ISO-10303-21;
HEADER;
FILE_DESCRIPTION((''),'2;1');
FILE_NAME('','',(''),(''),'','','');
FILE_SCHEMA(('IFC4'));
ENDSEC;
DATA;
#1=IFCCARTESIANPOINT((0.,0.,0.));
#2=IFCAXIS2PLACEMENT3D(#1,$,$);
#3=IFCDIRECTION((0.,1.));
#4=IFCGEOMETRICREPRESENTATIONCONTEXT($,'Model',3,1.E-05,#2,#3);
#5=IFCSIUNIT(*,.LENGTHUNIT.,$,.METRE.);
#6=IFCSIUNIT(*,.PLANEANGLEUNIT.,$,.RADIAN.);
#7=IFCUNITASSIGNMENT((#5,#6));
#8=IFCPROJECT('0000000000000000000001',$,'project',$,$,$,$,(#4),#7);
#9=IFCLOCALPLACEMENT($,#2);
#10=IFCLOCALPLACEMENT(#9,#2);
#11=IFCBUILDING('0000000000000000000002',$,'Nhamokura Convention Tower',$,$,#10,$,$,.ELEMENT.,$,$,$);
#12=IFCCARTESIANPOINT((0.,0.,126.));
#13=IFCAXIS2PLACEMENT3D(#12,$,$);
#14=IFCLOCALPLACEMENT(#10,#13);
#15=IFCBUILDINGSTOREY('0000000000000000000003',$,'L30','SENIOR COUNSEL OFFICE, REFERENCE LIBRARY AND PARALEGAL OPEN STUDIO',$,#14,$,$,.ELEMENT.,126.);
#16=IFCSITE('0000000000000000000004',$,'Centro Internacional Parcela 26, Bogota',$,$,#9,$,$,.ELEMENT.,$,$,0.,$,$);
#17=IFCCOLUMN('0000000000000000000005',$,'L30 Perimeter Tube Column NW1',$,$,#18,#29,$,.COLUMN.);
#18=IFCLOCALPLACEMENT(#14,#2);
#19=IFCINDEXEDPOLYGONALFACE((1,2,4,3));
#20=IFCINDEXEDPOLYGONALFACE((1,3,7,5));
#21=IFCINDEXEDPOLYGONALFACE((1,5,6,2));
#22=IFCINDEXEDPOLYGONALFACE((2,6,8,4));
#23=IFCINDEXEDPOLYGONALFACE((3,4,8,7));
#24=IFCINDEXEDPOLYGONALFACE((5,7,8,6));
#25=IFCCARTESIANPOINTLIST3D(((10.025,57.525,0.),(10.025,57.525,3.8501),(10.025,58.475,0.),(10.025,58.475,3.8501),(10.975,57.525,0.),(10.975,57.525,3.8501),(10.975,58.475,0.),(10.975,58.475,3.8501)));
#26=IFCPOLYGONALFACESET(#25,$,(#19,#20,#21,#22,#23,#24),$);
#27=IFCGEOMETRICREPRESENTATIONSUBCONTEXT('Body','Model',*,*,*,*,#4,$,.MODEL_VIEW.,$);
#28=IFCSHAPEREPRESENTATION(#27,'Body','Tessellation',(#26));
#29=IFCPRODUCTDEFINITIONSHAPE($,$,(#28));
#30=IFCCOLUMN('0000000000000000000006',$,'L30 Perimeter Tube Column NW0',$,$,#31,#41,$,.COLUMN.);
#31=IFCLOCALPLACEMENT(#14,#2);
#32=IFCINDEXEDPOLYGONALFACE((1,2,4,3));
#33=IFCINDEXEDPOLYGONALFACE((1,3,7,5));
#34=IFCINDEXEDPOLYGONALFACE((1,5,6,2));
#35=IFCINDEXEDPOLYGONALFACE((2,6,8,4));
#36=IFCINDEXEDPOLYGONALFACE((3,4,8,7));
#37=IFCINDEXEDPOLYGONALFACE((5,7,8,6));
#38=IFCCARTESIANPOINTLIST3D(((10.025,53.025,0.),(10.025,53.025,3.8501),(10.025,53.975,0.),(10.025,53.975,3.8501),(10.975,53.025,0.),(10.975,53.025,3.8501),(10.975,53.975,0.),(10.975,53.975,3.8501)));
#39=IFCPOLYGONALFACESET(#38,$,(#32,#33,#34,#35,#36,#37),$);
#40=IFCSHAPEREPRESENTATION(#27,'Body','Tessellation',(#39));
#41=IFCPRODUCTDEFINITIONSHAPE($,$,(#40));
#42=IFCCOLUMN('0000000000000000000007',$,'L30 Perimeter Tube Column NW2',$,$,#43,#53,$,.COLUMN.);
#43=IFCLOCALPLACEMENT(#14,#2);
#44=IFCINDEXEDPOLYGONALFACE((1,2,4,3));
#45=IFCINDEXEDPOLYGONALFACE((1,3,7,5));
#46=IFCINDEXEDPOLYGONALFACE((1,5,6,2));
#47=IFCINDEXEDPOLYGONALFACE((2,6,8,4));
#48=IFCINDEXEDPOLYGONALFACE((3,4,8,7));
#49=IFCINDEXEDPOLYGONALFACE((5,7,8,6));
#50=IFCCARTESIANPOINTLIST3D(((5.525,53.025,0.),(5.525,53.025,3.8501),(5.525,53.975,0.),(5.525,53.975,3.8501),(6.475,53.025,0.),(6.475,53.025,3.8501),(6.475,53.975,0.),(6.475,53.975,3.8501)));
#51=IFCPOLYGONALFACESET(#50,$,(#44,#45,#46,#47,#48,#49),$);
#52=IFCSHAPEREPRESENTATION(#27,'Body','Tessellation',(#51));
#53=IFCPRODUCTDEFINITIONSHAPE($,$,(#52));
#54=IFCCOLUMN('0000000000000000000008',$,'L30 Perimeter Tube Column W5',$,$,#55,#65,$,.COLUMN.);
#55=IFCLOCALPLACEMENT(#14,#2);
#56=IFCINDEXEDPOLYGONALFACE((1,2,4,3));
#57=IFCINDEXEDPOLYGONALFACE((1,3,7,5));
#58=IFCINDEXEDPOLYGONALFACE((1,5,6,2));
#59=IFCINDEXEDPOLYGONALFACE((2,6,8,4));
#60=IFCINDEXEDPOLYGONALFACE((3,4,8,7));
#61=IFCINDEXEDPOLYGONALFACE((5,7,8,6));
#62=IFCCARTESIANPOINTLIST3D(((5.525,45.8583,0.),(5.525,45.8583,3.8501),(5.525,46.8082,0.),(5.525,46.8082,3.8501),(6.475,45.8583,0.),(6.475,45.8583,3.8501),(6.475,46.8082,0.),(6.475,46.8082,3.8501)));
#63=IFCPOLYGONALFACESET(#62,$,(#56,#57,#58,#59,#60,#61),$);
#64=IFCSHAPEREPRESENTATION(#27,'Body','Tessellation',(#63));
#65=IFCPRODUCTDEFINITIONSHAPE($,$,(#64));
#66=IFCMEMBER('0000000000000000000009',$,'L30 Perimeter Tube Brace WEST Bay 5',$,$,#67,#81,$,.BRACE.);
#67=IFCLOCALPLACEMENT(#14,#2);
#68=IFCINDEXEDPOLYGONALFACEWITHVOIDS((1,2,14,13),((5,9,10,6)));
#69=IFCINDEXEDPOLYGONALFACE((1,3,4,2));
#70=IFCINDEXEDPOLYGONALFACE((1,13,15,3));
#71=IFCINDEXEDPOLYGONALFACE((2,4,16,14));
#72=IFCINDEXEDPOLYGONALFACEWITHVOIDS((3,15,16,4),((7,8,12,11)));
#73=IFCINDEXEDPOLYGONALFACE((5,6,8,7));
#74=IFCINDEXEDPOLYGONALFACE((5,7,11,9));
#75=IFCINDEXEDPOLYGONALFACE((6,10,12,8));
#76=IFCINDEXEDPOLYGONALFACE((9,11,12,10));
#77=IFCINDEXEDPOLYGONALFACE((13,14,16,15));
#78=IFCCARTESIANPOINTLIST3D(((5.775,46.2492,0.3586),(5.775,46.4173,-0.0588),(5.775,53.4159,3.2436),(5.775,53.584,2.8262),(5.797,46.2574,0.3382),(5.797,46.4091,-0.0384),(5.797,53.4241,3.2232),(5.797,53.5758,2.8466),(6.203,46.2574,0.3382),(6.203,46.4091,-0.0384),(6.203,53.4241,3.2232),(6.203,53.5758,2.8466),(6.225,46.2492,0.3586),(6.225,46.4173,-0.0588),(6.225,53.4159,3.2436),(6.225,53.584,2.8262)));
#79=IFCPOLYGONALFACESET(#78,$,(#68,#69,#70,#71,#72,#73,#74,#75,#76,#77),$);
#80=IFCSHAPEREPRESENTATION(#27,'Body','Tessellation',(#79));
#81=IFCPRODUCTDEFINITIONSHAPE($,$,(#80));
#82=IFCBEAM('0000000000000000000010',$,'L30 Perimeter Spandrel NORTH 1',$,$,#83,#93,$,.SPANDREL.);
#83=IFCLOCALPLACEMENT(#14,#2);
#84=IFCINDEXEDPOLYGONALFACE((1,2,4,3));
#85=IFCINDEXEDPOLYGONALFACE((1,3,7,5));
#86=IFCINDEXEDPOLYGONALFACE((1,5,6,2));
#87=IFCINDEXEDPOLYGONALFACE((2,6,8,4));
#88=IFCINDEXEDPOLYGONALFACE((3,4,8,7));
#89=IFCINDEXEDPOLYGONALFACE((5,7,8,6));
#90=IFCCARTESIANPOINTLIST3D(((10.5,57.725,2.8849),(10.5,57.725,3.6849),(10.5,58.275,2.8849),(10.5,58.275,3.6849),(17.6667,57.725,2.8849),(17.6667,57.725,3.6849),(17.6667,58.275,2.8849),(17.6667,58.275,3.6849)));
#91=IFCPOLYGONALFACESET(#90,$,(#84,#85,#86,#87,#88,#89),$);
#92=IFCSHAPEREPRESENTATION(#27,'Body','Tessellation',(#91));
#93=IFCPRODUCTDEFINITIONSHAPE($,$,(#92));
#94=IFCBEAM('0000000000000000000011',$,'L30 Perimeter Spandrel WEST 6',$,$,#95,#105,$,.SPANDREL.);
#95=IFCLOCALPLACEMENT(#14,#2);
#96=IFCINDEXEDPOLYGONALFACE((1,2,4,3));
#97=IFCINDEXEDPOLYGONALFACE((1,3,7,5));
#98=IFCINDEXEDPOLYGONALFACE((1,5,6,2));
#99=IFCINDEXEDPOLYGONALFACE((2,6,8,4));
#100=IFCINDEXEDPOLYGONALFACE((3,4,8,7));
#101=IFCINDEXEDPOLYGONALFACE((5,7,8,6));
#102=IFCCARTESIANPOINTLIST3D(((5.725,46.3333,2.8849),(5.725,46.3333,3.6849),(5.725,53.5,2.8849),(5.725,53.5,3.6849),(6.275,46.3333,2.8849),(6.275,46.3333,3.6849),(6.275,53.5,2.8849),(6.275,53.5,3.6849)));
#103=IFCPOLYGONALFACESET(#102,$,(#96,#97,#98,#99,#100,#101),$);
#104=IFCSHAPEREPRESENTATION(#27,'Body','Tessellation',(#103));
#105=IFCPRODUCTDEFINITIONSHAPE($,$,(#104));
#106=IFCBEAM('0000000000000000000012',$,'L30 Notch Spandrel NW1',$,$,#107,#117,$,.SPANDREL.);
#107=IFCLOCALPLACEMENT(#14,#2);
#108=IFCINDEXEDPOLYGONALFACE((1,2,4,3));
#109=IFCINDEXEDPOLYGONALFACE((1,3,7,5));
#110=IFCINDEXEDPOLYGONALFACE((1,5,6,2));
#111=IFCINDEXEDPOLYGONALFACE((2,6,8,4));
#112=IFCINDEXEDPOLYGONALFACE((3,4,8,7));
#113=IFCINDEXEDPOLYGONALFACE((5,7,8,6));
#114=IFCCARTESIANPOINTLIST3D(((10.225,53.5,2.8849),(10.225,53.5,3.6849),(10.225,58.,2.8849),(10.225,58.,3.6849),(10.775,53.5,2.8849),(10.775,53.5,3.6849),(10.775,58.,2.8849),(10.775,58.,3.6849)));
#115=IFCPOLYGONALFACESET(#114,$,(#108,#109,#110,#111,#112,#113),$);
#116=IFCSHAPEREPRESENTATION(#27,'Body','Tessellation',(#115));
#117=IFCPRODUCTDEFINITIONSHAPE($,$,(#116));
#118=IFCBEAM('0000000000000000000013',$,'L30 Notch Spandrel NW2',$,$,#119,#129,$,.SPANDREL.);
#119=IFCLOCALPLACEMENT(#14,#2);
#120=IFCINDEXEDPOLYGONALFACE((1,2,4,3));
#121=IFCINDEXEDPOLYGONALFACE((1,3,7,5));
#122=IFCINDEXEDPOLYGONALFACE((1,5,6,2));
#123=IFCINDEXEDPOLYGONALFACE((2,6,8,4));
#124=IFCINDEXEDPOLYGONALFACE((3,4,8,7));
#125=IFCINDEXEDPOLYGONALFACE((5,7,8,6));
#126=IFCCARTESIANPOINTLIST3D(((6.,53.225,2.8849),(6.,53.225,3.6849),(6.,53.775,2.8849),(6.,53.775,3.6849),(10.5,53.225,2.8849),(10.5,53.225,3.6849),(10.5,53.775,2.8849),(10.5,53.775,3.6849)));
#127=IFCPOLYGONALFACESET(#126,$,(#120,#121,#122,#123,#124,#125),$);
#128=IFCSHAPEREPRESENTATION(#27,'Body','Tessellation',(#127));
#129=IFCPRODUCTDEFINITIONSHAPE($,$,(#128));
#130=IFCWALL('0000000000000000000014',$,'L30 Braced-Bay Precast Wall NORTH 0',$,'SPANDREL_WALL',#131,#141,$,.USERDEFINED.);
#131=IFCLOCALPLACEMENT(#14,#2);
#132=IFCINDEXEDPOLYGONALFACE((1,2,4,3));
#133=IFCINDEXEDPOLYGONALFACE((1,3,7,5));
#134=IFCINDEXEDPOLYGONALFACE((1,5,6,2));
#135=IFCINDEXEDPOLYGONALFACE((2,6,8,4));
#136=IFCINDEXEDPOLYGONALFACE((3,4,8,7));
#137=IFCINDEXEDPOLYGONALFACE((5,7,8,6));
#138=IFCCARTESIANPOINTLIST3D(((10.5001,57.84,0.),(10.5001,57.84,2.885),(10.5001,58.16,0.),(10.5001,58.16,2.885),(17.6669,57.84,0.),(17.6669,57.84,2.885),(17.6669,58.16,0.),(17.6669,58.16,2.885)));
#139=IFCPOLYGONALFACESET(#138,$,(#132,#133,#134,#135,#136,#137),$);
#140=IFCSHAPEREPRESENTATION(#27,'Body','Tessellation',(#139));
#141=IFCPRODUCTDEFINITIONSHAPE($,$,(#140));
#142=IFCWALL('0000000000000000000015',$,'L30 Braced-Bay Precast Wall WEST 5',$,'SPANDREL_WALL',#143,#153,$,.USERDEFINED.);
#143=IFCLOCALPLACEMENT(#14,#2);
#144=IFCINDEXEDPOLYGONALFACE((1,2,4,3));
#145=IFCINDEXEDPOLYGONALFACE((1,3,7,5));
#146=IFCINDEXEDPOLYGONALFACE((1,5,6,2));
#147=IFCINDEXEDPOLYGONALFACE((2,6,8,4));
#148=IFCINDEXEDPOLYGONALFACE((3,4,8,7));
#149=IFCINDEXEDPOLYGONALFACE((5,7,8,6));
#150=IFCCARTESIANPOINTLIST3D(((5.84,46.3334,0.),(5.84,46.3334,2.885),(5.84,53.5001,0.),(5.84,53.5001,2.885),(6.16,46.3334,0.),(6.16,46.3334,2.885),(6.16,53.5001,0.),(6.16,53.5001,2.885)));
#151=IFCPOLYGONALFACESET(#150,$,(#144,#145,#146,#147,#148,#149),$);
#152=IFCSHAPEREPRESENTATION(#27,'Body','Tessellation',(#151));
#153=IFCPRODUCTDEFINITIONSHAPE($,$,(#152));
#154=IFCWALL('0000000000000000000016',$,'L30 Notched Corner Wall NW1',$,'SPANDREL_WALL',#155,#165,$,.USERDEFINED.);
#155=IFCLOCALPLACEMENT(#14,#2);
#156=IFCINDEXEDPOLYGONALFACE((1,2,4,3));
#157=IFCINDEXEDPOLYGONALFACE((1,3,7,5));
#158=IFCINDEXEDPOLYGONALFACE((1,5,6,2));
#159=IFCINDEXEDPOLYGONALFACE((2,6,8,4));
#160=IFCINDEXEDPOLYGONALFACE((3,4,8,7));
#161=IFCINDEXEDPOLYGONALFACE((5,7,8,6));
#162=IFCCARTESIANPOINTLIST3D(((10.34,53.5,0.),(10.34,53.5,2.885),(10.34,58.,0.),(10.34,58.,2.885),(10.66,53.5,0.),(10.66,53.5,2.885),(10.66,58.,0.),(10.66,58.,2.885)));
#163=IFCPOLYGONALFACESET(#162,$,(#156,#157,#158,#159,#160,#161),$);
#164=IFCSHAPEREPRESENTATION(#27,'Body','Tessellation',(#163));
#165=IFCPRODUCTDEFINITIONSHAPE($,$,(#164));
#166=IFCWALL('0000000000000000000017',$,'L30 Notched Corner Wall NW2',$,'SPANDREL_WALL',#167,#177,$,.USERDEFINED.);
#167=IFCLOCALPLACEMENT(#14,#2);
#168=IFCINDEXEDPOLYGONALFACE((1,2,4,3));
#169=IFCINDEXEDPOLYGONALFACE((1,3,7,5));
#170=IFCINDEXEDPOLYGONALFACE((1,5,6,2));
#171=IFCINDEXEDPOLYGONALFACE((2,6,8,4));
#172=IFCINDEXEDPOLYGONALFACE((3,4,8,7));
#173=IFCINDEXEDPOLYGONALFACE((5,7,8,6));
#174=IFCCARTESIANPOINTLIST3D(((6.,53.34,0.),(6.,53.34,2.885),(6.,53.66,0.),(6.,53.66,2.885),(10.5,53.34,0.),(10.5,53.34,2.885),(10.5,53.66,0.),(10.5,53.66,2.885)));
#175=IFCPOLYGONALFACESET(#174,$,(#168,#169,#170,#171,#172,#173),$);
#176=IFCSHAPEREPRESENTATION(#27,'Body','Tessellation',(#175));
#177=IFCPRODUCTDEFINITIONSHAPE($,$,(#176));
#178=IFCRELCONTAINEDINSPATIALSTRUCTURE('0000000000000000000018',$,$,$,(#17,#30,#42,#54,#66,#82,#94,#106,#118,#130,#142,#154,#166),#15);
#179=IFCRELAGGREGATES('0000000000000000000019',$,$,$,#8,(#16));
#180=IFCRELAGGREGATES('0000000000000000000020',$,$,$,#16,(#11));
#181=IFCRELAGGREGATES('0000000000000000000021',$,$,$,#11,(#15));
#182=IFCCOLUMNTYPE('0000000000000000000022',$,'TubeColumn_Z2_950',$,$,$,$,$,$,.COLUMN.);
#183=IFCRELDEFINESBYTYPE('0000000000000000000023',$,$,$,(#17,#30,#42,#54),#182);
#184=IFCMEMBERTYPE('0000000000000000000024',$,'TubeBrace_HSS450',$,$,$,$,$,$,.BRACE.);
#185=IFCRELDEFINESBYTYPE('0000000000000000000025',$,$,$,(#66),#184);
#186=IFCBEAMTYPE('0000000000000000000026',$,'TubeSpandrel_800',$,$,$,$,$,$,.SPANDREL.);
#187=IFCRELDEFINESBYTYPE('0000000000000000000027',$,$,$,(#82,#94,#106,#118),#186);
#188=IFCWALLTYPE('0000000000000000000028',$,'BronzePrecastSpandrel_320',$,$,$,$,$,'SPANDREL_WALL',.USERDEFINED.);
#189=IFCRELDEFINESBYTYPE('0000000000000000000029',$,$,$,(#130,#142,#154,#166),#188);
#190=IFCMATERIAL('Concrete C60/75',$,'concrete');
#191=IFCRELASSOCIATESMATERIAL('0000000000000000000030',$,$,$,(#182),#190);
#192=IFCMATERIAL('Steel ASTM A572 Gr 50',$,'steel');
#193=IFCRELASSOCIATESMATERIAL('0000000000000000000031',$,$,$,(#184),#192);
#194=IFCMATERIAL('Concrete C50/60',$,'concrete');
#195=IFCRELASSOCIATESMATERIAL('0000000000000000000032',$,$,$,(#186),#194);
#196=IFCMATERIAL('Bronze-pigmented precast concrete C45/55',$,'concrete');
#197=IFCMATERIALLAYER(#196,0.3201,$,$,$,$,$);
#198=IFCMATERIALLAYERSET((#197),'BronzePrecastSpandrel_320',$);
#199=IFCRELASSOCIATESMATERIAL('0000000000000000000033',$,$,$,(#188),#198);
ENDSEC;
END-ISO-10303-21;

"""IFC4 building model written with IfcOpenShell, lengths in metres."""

from ifc_helpers import new_model, si_unit, direction, frame, frame_2d, origin, origin_2d, place, context, subcontext, project, spatial, rectangle, hollow_rectangle, extrude, material, layer, layer_set, material_profile, profile_set, type_object, element, save


model = new_model("IFC4")

# Units and contexts
model_context = context("Model", 3, precision=1e-05, world=origin(), true_north=direction((0.0, 1.0)))
body_context = subcontext(model_context, "Body", "Model", "MODEL_VIEW")
ifc_project = project(units=[si_unit("LENGTHUNIT", "METRE"), si_unit("PLANEANGLEUNIT", "RADIAN")], contexts=[model_context])

# Site, building, storey
site_placement = place(None, origin())
site = spatial("IfcSite", under=ifc_project, at=site_placement, Name="Centro Internacional Parcela 26, Bogota", CompositionType="ELEMENT", RefElevation=0.0)
building_placement = place(site_placement, origin())
building = spatial("IfcBuilding", under=site, at=building_placement, Name="Nhamokura Convention Tower", CompositionType="ELEMENT")
storey_placement = place(building_placement, frame((0.0, 0.0, 126.0)))
storey = spatial("IfcBuildingStorey", under=building, at=storey_placement, Name="L30", Description="SENIOR COUNSEL OFFICE, REFERENCE LIBRARY AND PARALEGAL OPEN STUDIO", CompositionType="ELEMENT", Elevation=126.0)

# Columns
ifc_material_1 = material(Name="Concrete C60/75", Category="concrete")
ifc_material_profile_1 = material_profile(ifc_material_1, rectangle(XDim=0.95, YDim=0.95, at=origin_2d()))
ifc_profile_set_1 = profile_set([ifc_material_profile_1], Name="Concrete C60/75")
column_type = type_object("IfcColumnType", Name="TubeColumn_Z2_950", PredefinedType="COLUMN", material=ifc_profile_set_1)
for number, where, z_axis, x_axis, name in (
    (1, (10.5, 58.0, 0.0), (0.0, 0.0, 1.0), (1.0, 0.0, 0.0), "L30 Perimeter Tube Column NW1"),
    (2, (10.5, 53.5, 0.0), (0.0, 0.0, 1.0), (1.0, 0.0, 0.0), "L30 Perimeter Tube Column NW0"),
    (3, (6.0, 53.5, 0.0), (0.0, 0.0, 1.0), (1.0, 0.0, 0.0), "L30 Perimeter Tube Column NW2"),
    (4, (6.0, 46.3333, 0.0), (0.0, 0.0, 1.0), (1.0, 0.0, 0.0), "L30 Perimeter Tube Column W5"),
):
    element("IfcColumn", number, at=place(storey_placement, frame(where, z_axis=z_axis, x_axis=x_axis)), inside=storey, type_object=column_type, Name=name, PredefinedType="COLUMN", context=body_context, shape_type="SweptSolid", body=[
        extrude(rectangle(XDim=0.95, YDim=0.95, at=origin_2d()), origin(), (0.0, 0.0, 1.0), 3.8501),
    ])

# Member
ifc_material_2 = material(Name="Steel ASTM A572 Gr 50", Category="steel")
ifc_material_profile_2 = material_profile(ifc_material_2, hollow_rectangle(XDim=0.45, YDim=0.45, WallThickness=0.022, at=origin_2d()))
ifc_profile_set_2 = profile_set([ifc_material_profile_2], Name="Steel ASTM A572 Gr 50")
member_type = type_object("IfcMemberType", Name="TubeBrace_HSS450", PredefinedType="BRACE", material=ifc_profile_set_2)
member_placement = place(storey_placement, frame((6.0, 46.3333, 0.1499), z_axis=(0.0, 0.927657, 0.373433), x_axis=(-1.0, 0.0, 0.0)))
element("IfcMember", 5, at=member_placement, inside=storey, type_object=member_type, Name="L30 Perimeter Tube Brace WEST Bay 5", PredefinedType="BRACE", context=body_context, shape_type="SweptSolid", body=[
    extrude(hollow_rectangle(XDim=0.45, YDim=0.45, WallThickness=0.022, at=origin_2d()), origin(), (0.0, 0.0, 1.0), 7.7256),
])

# Beams
ifc_material_3 = material(Name="Concrete C50/60", Category="concrete")
ifc_material_profile_3 = material_profile(ifc_material_3, rectangle(XDim=0.55, YDim=0.8, at=origin_2d()))
ifc_profile_set_3 = profile_set([ifc_material_profile_3], Name="Concrete C50/60")
beam_type = type_object("IfcBeamType", Name="TubeSpandrel_800", PredefinedType="SPANDREL", material=ifc_profile_set_3)
for number, where, z_axis, x_axis, name in (
    (6, (10.5, 58.0, 3.2849), (1.0, 0.0, 0.0), (0.0, 1.0, 0.0), "L30 Perimeter Spandrel NORTH 1"),
    (7, (6.0, 46.3333, 3.2849), (0.0, 1.0, 0.0), (-1.0, 0.0, 0.0), "L30 Perimeter Spandrel WEST 6"),
):
    element("IfcBeam", number, at=place(storey_placement, frame(where, z_axis=z_axis, x_axis=x_axis)), inside=storey, type_object=beam_type, Name=name, PredefinedType="SPANDREL", context=body_context, shape_type="SweptSolid", body=[
        extrude(rectangle(XDim=0.55, YDim=0.8, at=origin_2d()), origin(), (0.0, 0.0, 1.0), 7.1667),
    ])
for number, where, z_axis, x_axis, name in (
    (8, (10.5, 58.0, 3.2849), (0.0, -1.0, 0.0), (1.0, 0.0, 0.0), "L30 Notch Spandrel NW1"),
    (9, (10.5, 53.5, 3.2849), (-1.0, 0.0, 0.0), (0.0, -1.0, 0.0), "L30 Notch Spandrel NW2"),
):
    element("IfcBeam", number, at=place(storey_placement, frame(where, z_axis=z_axis, x_axis=x_axis)), inside=storey, type_object=beam_type, Name=name, PredefinedType="SPANDREL", context=body_context, shape_type="SweptSolid", body=[
        extrude(rectangle(XDim=0.55, YDim=0.8, at=origin_2d()), origin(), (0.0, 0.0, 1.0), 4.5),
    ])

# Walls
ifc_material_4 = material(Name="Bronze-pigmented precast concrete C45/55", Category="concrete")
ifc_layer_1 = layer(ifc_material_4, 0.3201)
ifc_layer_set_1 = layer_set([ifc_layer_1], Name="BronzePrecastSpandrel_320")
wall_type_1 = type_object("IfcWallType", Name="BronzePrecastSpandrel_320", ElementType="SPANDREL_WALL", PredefinedType="USERDEFINED", material=ifc_layer_set_1)
for number, where, z_axis, x_axis, name in (
    (10, (10.5, 58.0, 0.0), (0.0, 0.0, 1.0), (1.0, 0.0, 0.0), "L30 Braced-Bay Precast Wall NORTH 0"),
    (11, (6.0, 46.3333, 0.0), (0.0, 0.0, 1.0), (0.0, 1.0, 0.0), "L30 Braced-Bay Precast Wall WEST 5"),
):
    element("IfcWall", number, at=place(storey_placement, frame(where, z_axis=z_axis, x_axis=x_axis)), inside=storey, type_object=wall_type_1, Name=name, ObjectType="SPANDREL_WALL", PredefinedType="USERDEFINED", context=body_context, shape_type="SweptSolid", body=[
        extrude(rectangle(XDim=7.1667, YDim=0.3201, at=frame_2d((3.5835, 0.0))), origin(), (0.0, 0.0, 1.0), 2.885),
    ])
for number, where, z_axis, x_axis, name in (
    (12, (10.5, 53.5, 0.0), (0.0, 0.0, 1.0), (0.0, 1.0, 0.0), "L30 Notched Corner Wall NW1"),
    (13, (6.0, 53.5, 0.0), (0.0, 0.0, 1.0), (1.0, 0.0, 0.0), "L30 Notched Corner Wall NW2"),
):
    element("IfcWall", number, at=place(storey_placement, frame(where, z_axis=z_axis, x_axis=x_axis)), inside=storey, type_object=wall_type_1, Name=name, ObjectType="SPANDREL_WALL", PredefinedType="USERDEFINED", context=body_context, shape_type="SweptSolid", body=[
        extrude(rectangle(XDim=4.5, YDim=0.3201, at=frame_2d((2.25, 0.0))), origin(), (0.0, 0.0, 1.0), 2.885),
    ])

save(model, "model.ifc")
